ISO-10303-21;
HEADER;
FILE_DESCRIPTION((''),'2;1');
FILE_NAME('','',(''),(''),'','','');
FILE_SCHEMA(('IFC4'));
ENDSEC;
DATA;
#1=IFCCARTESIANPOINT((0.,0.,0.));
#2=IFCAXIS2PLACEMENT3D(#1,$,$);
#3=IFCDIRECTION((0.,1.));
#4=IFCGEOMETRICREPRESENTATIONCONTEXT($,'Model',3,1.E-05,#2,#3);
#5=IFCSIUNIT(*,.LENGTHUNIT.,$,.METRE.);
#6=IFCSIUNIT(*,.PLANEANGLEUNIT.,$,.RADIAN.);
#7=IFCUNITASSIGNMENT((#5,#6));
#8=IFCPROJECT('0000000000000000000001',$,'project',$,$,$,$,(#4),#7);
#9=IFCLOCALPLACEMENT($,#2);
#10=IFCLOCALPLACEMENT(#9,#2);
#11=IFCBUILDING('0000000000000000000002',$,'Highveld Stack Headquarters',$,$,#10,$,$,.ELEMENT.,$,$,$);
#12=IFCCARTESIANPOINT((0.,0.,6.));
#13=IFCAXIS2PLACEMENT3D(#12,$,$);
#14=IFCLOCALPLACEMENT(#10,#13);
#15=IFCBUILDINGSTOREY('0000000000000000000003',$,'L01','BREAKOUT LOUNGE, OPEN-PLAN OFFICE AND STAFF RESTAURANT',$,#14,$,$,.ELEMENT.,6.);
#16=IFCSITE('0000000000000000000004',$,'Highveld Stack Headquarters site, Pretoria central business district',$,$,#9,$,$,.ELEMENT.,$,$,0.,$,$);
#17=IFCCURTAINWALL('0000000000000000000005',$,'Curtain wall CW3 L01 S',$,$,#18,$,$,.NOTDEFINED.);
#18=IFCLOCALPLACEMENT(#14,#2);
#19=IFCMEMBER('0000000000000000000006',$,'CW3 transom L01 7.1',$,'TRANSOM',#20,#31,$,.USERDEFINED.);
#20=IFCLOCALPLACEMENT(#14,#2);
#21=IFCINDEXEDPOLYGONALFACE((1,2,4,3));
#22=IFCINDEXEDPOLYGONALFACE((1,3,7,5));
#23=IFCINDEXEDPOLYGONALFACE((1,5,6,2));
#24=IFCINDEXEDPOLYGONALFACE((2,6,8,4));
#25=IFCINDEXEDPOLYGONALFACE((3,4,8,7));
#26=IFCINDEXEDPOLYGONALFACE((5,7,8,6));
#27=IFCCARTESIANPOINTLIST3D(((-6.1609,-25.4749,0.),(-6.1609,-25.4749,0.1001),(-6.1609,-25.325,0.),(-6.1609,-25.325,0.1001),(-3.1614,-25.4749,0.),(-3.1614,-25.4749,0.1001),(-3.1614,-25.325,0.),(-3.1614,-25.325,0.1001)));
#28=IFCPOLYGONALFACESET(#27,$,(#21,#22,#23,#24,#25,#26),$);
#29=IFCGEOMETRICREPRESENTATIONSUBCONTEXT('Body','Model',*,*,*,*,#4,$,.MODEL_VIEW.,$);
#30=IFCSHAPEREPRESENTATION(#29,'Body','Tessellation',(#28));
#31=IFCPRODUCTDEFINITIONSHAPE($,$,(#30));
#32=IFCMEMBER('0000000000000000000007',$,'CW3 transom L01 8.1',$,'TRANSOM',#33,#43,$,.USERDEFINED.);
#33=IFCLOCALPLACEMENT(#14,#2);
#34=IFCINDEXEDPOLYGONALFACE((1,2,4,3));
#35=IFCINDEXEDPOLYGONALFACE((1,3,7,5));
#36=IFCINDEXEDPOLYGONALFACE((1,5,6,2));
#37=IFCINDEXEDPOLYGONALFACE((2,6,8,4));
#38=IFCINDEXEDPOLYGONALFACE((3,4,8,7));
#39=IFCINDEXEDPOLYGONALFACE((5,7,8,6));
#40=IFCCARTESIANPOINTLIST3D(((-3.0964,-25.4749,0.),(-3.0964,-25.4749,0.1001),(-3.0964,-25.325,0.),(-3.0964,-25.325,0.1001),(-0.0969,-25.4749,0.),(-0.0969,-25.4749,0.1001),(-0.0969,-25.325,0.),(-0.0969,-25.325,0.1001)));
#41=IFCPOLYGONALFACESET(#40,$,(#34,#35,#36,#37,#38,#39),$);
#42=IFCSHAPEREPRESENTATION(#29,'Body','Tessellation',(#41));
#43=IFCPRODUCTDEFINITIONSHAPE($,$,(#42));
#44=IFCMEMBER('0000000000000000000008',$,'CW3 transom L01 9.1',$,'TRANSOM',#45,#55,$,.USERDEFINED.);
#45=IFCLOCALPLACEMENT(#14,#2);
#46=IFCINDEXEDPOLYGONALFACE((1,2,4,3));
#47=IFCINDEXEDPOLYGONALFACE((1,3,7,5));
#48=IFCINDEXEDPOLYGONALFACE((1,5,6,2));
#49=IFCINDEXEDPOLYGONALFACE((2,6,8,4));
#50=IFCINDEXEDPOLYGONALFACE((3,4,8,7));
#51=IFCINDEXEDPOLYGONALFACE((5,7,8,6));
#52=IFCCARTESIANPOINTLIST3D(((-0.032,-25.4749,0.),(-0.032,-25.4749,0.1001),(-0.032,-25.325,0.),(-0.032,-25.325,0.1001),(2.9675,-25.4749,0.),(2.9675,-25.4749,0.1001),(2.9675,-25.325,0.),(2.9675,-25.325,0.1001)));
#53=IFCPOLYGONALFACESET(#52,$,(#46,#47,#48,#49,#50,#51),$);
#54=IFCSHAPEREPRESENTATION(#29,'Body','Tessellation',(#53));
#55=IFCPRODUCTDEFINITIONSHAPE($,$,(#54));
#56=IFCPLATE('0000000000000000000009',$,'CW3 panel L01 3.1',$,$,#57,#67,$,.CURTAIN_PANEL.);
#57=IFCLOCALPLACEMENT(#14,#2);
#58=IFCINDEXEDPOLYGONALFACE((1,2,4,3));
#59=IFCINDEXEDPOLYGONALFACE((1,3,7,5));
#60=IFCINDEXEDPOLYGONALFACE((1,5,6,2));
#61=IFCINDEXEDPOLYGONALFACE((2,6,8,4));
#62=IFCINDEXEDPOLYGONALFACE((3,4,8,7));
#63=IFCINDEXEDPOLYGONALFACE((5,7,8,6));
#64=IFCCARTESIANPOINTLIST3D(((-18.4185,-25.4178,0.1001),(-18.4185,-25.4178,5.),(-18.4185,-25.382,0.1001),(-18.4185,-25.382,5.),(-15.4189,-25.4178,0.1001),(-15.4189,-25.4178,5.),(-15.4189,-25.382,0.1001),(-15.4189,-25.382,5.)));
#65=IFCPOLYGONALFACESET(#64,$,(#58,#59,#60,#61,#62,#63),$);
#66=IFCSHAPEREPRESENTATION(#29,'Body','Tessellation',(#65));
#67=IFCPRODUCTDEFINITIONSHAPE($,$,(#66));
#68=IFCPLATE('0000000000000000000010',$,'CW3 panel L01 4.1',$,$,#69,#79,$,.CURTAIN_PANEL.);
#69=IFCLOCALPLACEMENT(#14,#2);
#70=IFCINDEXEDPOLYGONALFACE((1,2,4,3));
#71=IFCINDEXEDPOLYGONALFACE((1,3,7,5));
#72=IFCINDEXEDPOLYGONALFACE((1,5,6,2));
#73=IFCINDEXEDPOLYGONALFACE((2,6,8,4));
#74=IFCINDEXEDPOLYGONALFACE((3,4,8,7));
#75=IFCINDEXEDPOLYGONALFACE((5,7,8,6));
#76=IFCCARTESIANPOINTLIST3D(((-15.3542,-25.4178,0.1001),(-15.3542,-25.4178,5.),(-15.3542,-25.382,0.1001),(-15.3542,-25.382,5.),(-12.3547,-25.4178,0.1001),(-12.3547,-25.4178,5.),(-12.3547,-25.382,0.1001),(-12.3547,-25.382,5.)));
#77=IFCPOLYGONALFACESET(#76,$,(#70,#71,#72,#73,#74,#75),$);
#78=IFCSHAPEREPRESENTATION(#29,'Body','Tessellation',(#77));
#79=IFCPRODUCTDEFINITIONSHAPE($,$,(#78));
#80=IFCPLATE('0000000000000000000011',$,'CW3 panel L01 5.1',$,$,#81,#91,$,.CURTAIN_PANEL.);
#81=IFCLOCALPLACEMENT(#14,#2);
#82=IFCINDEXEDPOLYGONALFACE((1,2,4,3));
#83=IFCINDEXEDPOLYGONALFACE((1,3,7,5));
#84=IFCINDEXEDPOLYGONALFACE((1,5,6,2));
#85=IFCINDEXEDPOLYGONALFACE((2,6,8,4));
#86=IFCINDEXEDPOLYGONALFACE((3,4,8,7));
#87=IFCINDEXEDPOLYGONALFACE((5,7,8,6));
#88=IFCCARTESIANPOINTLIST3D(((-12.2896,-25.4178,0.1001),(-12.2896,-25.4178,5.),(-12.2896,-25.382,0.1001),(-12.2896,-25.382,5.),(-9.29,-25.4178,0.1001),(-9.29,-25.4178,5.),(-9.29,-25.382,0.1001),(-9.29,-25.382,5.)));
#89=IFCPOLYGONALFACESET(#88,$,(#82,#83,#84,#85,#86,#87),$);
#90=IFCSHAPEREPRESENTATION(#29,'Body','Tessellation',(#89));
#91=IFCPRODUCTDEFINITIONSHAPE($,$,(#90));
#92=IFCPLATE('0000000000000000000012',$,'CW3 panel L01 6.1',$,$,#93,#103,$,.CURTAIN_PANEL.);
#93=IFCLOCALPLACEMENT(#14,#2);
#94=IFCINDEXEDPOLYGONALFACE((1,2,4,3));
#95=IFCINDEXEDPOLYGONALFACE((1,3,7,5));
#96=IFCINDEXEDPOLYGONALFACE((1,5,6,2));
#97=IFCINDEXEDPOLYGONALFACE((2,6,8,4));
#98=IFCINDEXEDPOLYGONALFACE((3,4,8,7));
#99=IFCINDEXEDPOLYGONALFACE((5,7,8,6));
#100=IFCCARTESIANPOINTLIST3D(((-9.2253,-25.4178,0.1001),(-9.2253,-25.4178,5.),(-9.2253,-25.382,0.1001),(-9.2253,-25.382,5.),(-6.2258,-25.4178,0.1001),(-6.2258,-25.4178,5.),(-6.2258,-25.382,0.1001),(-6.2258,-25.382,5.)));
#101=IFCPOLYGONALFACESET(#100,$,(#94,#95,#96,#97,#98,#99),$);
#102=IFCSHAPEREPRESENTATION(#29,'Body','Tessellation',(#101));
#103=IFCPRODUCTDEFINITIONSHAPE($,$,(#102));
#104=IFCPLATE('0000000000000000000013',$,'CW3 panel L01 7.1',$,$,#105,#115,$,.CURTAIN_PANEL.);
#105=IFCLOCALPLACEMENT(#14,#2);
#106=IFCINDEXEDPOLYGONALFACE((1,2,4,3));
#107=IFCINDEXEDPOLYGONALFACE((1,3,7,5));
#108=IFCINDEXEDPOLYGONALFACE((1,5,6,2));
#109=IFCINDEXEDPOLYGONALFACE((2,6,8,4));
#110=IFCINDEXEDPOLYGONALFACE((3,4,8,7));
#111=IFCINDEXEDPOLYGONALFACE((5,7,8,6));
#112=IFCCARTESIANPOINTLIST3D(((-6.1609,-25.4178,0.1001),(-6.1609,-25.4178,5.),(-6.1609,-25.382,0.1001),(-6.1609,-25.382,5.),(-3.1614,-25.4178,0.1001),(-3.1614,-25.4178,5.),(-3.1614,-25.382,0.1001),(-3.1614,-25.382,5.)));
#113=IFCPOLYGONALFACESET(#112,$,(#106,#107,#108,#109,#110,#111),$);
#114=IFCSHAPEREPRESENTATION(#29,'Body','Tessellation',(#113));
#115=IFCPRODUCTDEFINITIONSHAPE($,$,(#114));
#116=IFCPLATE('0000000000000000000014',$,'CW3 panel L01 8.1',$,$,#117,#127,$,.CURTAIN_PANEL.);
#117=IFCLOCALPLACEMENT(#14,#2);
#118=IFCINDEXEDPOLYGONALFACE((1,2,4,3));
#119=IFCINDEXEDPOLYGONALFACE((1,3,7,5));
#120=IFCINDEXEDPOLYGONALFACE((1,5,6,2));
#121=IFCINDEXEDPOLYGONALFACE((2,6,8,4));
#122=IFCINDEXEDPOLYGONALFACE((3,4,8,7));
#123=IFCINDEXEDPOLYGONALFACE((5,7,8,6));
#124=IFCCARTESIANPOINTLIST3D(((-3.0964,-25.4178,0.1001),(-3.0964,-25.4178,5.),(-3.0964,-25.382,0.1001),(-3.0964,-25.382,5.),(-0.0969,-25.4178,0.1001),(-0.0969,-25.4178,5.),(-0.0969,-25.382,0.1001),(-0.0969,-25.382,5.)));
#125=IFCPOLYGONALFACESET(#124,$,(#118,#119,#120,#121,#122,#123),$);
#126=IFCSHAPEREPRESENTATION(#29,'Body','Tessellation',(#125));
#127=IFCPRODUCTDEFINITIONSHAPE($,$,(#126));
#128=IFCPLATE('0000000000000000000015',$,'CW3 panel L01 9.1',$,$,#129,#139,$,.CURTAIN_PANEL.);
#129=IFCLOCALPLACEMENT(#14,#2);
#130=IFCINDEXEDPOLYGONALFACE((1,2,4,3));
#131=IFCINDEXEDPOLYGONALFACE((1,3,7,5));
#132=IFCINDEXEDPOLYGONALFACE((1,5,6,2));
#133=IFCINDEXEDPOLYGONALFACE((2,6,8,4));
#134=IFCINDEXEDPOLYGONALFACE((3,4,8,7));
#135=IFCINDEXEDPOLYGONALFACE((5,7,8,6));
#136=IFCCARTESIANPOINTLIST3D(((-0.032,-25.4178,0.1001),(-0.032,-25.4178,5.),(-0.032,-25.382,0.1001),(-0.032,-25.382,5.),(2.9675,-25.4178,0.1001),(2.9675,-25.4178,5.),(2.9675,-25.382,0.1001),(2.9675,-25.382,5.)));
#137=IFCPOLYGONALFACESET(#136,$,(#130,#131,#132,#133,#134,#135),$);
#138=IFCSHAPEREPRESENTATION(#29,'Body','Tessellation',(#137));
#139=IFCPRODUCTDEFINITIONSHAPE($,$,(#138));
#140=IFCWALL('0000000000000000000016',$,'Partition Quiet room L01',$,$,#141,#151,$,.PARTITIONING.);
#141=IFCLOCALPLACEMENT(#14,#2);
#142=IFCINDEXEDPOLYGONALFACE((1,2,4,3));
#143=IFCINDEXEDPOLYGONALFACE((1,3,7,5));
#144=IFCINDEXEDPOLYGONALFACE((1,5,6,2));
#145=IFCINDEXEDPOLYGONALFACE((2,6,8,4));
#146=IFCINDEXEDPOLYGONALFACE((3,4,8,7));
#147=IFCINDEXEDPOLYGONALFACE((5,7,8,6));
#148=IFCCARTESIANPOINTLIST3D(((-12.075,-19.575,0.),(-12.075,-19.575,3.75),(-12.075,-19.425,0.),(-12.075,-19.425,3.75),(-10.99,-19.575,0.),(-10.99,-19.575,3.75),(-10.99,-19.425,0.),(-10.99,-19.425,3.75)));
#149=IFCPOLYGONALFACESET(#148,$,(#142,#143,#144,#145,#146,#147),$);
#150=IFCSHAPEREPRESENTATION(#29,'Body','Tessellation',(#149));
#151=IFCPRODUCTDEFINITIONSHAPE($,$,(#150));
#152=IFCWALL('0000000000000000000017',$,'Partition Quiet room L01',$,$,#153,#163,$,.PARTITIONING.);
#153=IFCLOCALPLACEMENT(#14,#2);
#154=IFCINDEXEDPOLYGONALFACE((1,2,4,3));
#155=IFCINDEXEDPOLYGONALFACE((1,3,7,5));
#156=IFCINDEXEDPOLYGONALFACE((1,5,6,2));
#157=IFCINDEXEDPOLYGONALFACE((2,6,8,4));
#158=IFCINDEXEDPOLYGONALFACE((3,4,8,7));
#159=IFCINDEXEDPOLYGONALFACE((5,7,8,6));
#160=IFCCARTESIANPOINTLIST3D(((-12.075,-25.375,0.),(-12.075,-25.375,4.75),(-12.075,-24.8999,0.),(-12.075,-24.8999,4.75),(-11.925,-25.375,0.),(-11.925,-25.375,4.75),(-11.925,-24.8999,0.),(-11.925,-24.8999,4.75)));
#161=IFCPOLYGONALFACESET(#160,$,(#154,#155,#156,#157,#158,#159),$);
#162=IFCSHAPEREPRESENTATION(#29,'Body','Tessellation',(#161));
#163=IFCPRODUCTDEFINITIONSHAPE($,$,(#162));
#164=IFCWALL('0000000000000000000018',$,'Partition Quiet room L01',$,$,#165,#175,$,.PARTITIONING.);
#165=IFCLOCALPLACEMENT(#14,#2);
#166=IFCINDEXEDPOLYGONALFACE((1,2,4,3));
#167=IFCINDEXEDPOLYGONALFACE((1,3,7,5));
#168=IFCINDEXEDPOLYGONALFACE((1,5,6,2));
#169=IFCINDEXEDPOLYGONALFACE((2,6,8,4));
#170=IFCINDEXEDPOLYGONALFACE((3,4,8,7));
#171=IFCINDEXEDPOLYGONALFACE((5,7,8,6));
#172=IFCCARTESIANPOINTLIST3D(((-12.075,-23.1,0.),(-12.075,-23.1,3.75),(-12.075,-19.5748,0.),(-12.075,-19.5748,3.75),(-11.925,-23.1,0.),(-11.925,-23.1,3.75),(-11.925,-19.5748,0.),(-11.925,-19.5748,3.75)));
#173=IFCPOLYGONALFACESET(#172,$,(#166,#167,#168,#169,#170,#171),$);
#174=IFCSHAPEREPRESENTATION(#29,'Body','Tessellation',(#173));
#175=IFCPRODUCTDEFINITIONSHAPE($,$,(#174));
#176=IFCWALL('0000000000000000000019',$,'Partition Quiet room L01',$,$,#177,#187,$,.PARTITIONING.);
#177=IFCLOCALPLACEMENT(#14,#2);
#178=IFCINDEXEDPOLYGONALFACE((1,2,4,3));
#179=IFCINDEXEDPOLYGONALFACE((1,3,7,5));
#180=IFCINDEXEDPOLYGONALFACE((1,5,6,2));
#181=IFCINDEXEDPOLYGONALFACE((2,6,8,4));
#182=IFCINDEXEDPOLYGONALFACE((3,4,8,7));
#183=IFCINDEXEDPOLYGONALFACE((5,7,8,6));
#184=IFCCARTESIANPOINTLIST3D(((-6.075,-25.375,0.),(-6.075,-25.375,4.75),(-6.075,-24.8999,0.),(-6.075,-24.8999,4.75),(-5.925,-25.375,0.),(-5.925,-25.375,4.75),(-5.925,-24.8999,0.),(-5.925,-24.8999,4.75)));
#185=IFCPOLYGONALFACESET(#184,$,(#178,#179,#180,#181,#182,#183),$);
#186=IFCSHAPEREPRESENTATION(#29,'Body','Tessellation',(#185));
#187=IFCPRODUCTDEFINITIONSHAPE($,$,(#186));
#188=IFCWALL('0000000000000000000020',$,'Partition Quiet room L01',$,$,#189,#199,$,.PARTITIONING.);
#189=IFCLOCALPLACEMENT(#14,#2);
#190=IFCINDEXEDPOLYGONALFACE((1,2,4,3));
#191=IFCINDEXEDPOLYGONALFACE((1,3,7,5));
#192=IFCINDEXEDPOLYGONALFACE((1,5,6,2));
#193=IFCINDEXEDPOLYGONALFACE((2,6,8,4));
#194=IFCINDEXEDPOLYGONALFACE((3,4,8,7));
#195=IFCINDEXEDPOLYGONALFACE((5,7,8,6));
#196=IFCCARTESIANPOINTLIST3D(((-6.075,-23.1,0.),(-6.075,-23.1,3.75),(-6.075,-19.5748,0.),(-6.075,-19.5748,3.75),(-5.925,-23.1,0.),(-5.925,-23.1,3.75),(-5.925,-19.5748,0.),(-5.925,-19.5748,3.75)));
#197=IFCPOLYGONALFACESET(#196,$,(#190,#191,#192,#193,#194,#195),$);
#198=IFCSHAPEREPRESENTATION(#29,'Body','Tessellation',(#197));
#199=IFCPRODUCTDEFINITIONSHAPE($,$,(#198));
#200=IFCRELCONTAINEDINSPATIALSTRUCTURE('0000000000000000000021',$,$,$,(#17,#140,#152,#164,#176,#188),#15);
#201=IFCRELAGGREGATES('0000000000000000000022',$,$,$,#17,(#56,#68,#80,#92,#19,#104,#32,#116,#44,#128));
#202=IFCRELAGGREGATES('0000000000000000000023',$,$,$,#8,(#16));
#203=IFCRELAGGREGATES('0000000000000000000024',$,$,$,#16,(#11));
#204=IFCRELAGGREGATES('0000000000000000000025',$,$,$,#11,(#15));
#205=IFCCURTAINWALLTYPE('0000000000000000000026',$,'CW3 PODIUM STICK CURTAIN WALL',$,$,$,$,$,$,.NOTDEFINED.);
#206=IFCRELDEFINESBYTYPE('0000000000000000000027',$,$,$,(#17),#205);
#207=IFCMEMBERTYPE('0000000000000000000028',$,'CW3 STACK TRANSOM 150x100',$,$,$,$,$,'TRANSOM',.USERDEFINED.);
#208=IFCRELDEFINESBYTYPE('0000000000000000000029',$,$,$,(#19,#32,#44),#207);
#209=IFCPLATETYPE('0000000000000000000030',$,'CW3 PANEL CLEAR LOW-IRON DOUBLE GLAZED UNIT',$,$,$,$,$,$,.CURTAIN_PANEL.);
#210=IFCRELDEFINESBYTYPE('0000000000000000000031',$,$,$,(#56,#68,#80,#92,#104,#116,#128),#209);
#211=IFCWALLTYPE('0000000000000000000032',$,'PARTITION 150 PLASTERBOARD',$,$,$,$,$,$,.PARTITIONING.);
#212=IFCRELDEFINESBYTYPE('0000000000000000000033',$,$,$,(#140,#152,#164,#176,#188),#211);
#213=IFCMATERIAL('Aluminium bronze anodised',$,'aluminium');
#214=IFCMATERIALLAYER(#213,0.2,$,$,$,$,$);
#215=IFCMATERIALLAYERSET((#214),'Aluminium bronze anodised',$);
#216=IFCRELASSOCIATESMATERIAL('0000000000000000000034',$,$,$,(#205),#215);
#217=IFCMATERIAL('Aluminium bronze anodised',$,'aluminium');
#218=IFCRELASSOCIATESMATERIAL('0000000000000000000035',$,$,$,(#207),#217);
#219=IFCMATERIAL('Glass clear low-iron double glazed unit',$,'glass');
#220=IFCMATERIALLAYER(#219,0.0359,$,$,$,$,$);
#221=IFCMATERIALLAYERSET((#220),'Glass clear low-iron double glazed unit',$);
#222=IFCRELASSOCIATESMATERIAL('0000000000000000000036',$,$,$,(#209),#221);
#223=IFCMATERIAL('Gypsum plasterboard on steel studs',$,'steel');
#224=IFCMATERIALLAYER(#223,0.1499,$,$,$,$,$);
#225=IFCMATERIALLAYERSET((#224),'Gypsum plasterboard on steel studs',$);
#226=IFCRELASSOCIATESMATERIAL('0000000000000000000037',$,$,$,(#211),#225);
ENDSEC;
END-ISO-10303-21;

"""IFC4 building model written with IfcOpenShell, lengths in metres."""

from ifc_helpers import new_model, si_unit, direction, frame, frame_2d, origin, origin_2d, place, context, subcontext, project, spatial, rectangle, extrude, material, layer, layer_set, material_profile, profile_set, type_object, element, aggregate, save


model = new_model("IFC4")

# Units and contexts
model_context = context("Model", 3, precision=1e-05, world=origin(), true_north=direction((0.0, 1.0)))
body_context = subcontext(model_context, "Body", "Model", "MODEL_VIEW")
ifc_project = project(units=[si_unit("LENGTHUNIT", "METRE"), si_unit("PLANEANGLEUNIT", "RADIAN")], contexts=[model_context])

# Site, building, storey
site_placement = place(None, origin())
site = spatial("IfcSite", under=ifc_project, at=site_placement, Name="Highveld Stack Headquarters site, Pretoria central business district", CompositionType="ELEMENT", RefElevation=0.0)
building_placement = place(site_placement, origin())
building = spatial("IfcBuilding", under=site, at=building_placement, Name="Highveld Stack Headquarters", CompositionType="ELEMENT")
storey_placement = place(building_placement, frame((0.0, 0.0, 6.0)))
storey = spatial("IfcBuildingStorey", under=building, at=storey_placement, Name="L01", Description="BREAKOUT LOUNGE, OPEN-PLAN OFFICE AND STAFF RESTAURANT", CompositionType="ELEMENT", Elevation=6.0)

# Curtain wall, members, plates
ifc_material_1 = material(Name="Aluminium bronze anodised", Category="aluminium")
ifc_layer_1 = layer(ifc_material_1, 0.2)
ifc_layer_set_1 = layer_set([ifc_layer_1], Name="Aluminium bronze anodised")
curtain_wall_type = type_object("IfcCurtainWallType", Name="CW3 PODIUM STICK CURTAIN WALL", PredefinedType="NOTDEFINED", material=ifc_layer_set_1)
curtain_wall_placement = place(storey_placement, origin())
curtain_wall = element("IfcCurtainWall", 1, at=curtain_wall_placement, inside=storey, type_object=curtain_wall_type, Name="Curtain wall CW3 L01 S", PredefinedType="NOTDEFINED")
ifc_material_2 = material(Name="Aluminium bronze anodised", Category="aluminium")
ifc_material_profile_1 = material_profile(ifc_material_2, rectangle(XDim=0.1499, YDim=0.1001, at=origin_2d()), Name="CW3 TRANSOM 150x100")
ifc_profile_set_1 = profile_set([ifc_material_profile_1], Name="Aluminium bronze anodised")
member_type_1 = type_object("IfcMemberType", Name="CW3 STACK TRANSOM 150x100", ElementType="TRANSOM", PredefinedType="USERDEFINED", material=ifc_profile_set_1)
member_1_placement = place(storey_placement, frame((-6.1609, -25.3999, 0.05), z_axis=(1.0, 0.0, 0.0), x_axis=(0.0, 1.0, 0.0)))
member_1 = element("IfcMember", 2, at=member_1_placement, type_object=member_type_1, Name="CW3 transom L01 7.1", ObjectType="TRANSOM", PredefinedType="USERDEFINED", context=body_context, shape_type="SweptSolid", body=[
    extrude(rectangle(XDim=0.1499, YDim=0.1001, at=origin_2d()), origin(), (0.0, 0.0, 1.0), 2.9995),
])
member_2_placement = place(storey_placement, frame((-3.0964, -25.3999, 0.05), z_axis=(1.0, 0.0, 0.0), x_axis=(0.0, 1.0, 0.0)))
member_2 = element("IfcMember", 3, at=member_2_placement, type_object=member_type_1, Name="CW3 transom L01 8.1", ObjectType="TRANSOM", PredefinedType="USERDEFINED", context=body_context, shape_type="SweptSolid", body=[
    extrude(rectangle(XDim=0.1499, YDim=0.1001, at=origin_2d()), origin(), (0.0, 0.0, 1.0), 2.9995),
])
member_3_placement = place(storey_placement, frame((-0.032, -25.3999, 0.05), z_axis=(1.0, 0.0, 0.0), x_axis=(0.0, 1.0, 0.0)))
member_3 = element("IfcMember", 4, at=member_3_placement, type_object=member_type_1, Name="CW3 transom L01 9.1", ObjectType="TRANSOM", PredefinedType="USERDEFINED", context=body_context, shape_type="SweptSolid", body=[
    extrude(rectangle(XDim=0.1499, YDim=0.1001, at=origin_2d()), origin(), (0.0, 0.0, 1.0), 2.9995),
])
ifc_material_3 = material(Name="Glass clear low-iron double glazed unit", Category="glass")
ifc_layer_2 = layer(ifc_material_3, 0.0359)
ifc_layer_set_2 = layer_set([ifc_layer_2], Name="Glass clear low-iron double glazed unit")
plate_type = type_object("IfcPlateType", Name="CW3 PANEL CLEAR LOW-IRON DOUBLE GLAZED UNIT", PredefinedType="CURTAIN_PANEL", material=ifc_layer_set_2)
plate_1_placement = place(storey_placement, frame((-16.9187, -25.3999, 0.1001), z_axis=(0.0, 0.0, 1.0), x_axis=(1.0, 0.0, 0.0)))
plate_1 = element("IfcPlate", 5, at=plate_1_placement, type_object=plate_type, Name="CW3 panel L01 3.1", PredefinedType="CURTAIN_PANEL", context=body_context, shape_type="SweptSolid", body=[
    extrude(rectangle(XDim=2.9995, YDim=0.0359, at=origin_2d()), origin(), (0.0, 0.0, 1.0), 4.8999),
])
plate_2_placement = place(storey_placement, frame((-13.8545, -25.3999, 0.1001), z_axis=(0.0, 0.0, 1.0), x_axis=(1.0, 0.0, 0.0)))
plate_2 = element("IfcPlate", 6, at=plate_2_placement, type_object=plate_type, Name="CW3 panel L01 4.1", PredefinedType="CURTAIN_PANEL", context=body_context, shape_type="SweptSolid", body=[
    extrude(rectangle(XDim=2.9995, YDim=0.0359, at=origin_2d()), origin(), (0.0, 0.0, 1.0), 4.8999),
])
plate_3_placement = place(storey_placement, frame((-10.7898, -25.3999, 0.1001), z_axis=(0.0, 0.0, 1.0), x_axis=(1.0, 0.0, 0.0)))
plate_3 = element("IfcPlate", 7, at=plate_3_placement, type_object=plate_type, Name="CW3 panel L01 5.1", PredefinedType="CURTAIN_PANEL", context=body_context, shape_type="SweptSolid", body=[
    extrude(rectangle(XDim=2.9995, YDim=0.0359, at=origin_2d()), origin(), (0.0, 0.0, 1.0), 4.8999),
])
plate_4_placement = place(storey_placement, frame((-7.7256, -25.3999, 0.1001), z_axis=(0.0, 0.0, 1.0), x_axis=(1.0, 0.0, 0.0)))
plate_4 = element("IfcPlate", 8, at=plate_4_placement, type_object=plate_type, Name="CW3 panel L01 6.1", PredefinedType="CURTAIN_PANEL", context=body_context, shape_type="SweptSolid", body=[
    extrude(rectangle(XDim=2.9995, YDim=0.0359, at=origin_2d()), origin(), (0.0, 0.0, 1.0), 4.8999),
])
plate_5_placement = place(storey_placement, frame((-4.6611, -25.3999, 0.1001), z_axis=(0.0, 0.0, 1.0), x_axis=(1.0, 0.0, 0.0)))
plate_5 = element("IfcPlate", 9, at=plate_5_placement, type_object=plate_type, Name="CW3 panel L01 7.1", PredefinedType="CURTAIN_PANEL", context=body_context, shape_type="SweptSolid", body=[
    extrude(rectangle(XDim=2.9995, YDim=0.0359, at=origin_2d()), origin(), (0.0, 0.0, 1.0), 4.8999),
])
plate_6_placement = place(storey_placement, frame((-1.5967, -25.3999, 0.1001), z_axis=(0.0, 0.0, 1.0), x_axis=(1.0, 0.0, 0.0)))
plate_6 = element("IfcPlate", 10, at=plate_6_placement, type_object=plate_type, Name="CW3 panel L01 8.1", PredefinedType="CURTAIN_PANEL", context=body_context, shape_type="SweptSolid", body=[
    extrude(rectangle(XDim=2.9995, YDim=0.0359, at=origin_2d()), origin(), (0.0, 0.0, 1.0), 4.8999),
])
plate_7_placement = place(storey_placement, frame((1.4678, -25.3999, 0.1001), z_axis=(0.0, 0.0, 1.0), x_axis=(1.0, 0.0, 0.0)))
plate_7 = element("IfcPlate", 11, at=plate_7_placement, type_object=plate_type, Name="CW3 panel L01 9.1", PredefinedType="CURTAIN_PANEL", context=body_context, shape_type="SweptSolid", body=[
    extrude(rectangle(XDim=2.9995, YDim=0.0359, at=origin_2d()), origin(), (0.0, 0.0, 1.0), 4.8999),
])
aggregate(curtain_wall, [plate_1, plate_2, plate_3, plate_4, member_1, plate_5, member_2, plate_6, member_3, plate_7])

# Walls
ifc_material_4 = material(Name="Gypsum plasterboard on steel studs", Category="steel")
ifc_layer_3 = layer(ifc_material_4, 0.1499)
ifc_layer_set_3 = layer_set([ifc_layer_3], Name="Gypsum plasterboard on steel studs")
wall_type = type_object("IfcWallType", Name="PARTITION 150 PLASTERBOARD", PredefinedType="PARTITIONING", material=ifc_layer_set_3)
wall_1_placement = place(storey_placement, frame((-12.075, -19.5, 0.0), z_axis=(0.0, 0.0, 1.0), x_axis=(1.0, 0.0, 0.0)))
element("IfcWall", 12, at=wall_1_placement, inside=storey, type_object=wall_type, Name="Partition Quiet room L01", PredefinedType="PARTITIONING", context=body_context, shape_type="SweptSolid", body=[
    extrude(rectangle(XDim=1.085, YDim=0.1499, at=frame_2d((0.5425, 0.0))), origin(), (0.0, 0.0, 1.0), 3.75),
])
wall_2_placement = place(storey_placement, frame((-12.0, -25.375, 0.0), z_axis=(0.0, 0.0, 1.0), x_axis=(0.0, 1.0, 0.0)))
element("IfcWall", 13, at=wall_2_placement, inside=storey, type_object=wall_type, Name="Partition Quiet room L01", PredefinedType="PARTITIONING", context=body_context, shape_type="SweptSolid", body=[
    extrude(rectangle(XDim=0.4751, YDim=0.1499, at=frame_2d((0.2375, 0.0))), origin(), (0.0, 0.0, 1.0), 4.75),
])
wall_3_placement = place(storey_placement, frame((-12.0, -23.1001, 0.0), z_axis=(0.0, 0.0, 1.0), x_axis=(0.0, 1.0, 0.0)))
element("IfcWall", 14, at=wall_3_placement, inside=storey, type_object=wall_type, Name="Partition Quiet room L01", PredefinedType="PARTITIONING", context=body_context, shape_type="SweptSolid", body=[
    extrude(rectangle(XDim=3.5251, YDim=0.1499, at=frame_2d((1.7627, 0.0))), origin(), (0.0, 0.0, 1.0), 3.75),
])
wall_4_placement = place(storey_placement, frame((-6.0, -25.375, 0.0), z_axis=(0.0, 0.0, 1.0), x_axis=(0.0, 1.0, 0.0)))
element("IfcWall", 15, at=wall_4_placement, inside=storey, type_object=wall_type, Name="Partition Quiet room L01", PredefinedType="PARTITIONING", context=body_context, shape_type="SweptSolid", body=[
    extrude(rectangle(XDim=0.4751, YDim=0.1499, at=frame_2d((0.2375, 0.0))), origin(), (0.0, 0.0, 1.0), 4.75),
])
wall_5_placement = place(storey_placement, frame((-6.0, -23.1001, 0.0), z_axis=(0.0, 0.0, 1.0), x_axis=(0.0, 1.0, 0.0)))
element("IfcWall", 16, at=wall_5_placement, inside=storey, type_object=wall_type, Name="Partition Quiet room L01", PredefinedType="PARTITIONING", context=body_context, shape_type="SweptSolid", body=[
    extrude(rectangle(XDim=3.5251, YDim=0.1499, at=frame_2d((1.7627, 0.0))), origin(), (0.0, 0.0, 1.0), 3.75),
])

save(model, "model.ifc")
